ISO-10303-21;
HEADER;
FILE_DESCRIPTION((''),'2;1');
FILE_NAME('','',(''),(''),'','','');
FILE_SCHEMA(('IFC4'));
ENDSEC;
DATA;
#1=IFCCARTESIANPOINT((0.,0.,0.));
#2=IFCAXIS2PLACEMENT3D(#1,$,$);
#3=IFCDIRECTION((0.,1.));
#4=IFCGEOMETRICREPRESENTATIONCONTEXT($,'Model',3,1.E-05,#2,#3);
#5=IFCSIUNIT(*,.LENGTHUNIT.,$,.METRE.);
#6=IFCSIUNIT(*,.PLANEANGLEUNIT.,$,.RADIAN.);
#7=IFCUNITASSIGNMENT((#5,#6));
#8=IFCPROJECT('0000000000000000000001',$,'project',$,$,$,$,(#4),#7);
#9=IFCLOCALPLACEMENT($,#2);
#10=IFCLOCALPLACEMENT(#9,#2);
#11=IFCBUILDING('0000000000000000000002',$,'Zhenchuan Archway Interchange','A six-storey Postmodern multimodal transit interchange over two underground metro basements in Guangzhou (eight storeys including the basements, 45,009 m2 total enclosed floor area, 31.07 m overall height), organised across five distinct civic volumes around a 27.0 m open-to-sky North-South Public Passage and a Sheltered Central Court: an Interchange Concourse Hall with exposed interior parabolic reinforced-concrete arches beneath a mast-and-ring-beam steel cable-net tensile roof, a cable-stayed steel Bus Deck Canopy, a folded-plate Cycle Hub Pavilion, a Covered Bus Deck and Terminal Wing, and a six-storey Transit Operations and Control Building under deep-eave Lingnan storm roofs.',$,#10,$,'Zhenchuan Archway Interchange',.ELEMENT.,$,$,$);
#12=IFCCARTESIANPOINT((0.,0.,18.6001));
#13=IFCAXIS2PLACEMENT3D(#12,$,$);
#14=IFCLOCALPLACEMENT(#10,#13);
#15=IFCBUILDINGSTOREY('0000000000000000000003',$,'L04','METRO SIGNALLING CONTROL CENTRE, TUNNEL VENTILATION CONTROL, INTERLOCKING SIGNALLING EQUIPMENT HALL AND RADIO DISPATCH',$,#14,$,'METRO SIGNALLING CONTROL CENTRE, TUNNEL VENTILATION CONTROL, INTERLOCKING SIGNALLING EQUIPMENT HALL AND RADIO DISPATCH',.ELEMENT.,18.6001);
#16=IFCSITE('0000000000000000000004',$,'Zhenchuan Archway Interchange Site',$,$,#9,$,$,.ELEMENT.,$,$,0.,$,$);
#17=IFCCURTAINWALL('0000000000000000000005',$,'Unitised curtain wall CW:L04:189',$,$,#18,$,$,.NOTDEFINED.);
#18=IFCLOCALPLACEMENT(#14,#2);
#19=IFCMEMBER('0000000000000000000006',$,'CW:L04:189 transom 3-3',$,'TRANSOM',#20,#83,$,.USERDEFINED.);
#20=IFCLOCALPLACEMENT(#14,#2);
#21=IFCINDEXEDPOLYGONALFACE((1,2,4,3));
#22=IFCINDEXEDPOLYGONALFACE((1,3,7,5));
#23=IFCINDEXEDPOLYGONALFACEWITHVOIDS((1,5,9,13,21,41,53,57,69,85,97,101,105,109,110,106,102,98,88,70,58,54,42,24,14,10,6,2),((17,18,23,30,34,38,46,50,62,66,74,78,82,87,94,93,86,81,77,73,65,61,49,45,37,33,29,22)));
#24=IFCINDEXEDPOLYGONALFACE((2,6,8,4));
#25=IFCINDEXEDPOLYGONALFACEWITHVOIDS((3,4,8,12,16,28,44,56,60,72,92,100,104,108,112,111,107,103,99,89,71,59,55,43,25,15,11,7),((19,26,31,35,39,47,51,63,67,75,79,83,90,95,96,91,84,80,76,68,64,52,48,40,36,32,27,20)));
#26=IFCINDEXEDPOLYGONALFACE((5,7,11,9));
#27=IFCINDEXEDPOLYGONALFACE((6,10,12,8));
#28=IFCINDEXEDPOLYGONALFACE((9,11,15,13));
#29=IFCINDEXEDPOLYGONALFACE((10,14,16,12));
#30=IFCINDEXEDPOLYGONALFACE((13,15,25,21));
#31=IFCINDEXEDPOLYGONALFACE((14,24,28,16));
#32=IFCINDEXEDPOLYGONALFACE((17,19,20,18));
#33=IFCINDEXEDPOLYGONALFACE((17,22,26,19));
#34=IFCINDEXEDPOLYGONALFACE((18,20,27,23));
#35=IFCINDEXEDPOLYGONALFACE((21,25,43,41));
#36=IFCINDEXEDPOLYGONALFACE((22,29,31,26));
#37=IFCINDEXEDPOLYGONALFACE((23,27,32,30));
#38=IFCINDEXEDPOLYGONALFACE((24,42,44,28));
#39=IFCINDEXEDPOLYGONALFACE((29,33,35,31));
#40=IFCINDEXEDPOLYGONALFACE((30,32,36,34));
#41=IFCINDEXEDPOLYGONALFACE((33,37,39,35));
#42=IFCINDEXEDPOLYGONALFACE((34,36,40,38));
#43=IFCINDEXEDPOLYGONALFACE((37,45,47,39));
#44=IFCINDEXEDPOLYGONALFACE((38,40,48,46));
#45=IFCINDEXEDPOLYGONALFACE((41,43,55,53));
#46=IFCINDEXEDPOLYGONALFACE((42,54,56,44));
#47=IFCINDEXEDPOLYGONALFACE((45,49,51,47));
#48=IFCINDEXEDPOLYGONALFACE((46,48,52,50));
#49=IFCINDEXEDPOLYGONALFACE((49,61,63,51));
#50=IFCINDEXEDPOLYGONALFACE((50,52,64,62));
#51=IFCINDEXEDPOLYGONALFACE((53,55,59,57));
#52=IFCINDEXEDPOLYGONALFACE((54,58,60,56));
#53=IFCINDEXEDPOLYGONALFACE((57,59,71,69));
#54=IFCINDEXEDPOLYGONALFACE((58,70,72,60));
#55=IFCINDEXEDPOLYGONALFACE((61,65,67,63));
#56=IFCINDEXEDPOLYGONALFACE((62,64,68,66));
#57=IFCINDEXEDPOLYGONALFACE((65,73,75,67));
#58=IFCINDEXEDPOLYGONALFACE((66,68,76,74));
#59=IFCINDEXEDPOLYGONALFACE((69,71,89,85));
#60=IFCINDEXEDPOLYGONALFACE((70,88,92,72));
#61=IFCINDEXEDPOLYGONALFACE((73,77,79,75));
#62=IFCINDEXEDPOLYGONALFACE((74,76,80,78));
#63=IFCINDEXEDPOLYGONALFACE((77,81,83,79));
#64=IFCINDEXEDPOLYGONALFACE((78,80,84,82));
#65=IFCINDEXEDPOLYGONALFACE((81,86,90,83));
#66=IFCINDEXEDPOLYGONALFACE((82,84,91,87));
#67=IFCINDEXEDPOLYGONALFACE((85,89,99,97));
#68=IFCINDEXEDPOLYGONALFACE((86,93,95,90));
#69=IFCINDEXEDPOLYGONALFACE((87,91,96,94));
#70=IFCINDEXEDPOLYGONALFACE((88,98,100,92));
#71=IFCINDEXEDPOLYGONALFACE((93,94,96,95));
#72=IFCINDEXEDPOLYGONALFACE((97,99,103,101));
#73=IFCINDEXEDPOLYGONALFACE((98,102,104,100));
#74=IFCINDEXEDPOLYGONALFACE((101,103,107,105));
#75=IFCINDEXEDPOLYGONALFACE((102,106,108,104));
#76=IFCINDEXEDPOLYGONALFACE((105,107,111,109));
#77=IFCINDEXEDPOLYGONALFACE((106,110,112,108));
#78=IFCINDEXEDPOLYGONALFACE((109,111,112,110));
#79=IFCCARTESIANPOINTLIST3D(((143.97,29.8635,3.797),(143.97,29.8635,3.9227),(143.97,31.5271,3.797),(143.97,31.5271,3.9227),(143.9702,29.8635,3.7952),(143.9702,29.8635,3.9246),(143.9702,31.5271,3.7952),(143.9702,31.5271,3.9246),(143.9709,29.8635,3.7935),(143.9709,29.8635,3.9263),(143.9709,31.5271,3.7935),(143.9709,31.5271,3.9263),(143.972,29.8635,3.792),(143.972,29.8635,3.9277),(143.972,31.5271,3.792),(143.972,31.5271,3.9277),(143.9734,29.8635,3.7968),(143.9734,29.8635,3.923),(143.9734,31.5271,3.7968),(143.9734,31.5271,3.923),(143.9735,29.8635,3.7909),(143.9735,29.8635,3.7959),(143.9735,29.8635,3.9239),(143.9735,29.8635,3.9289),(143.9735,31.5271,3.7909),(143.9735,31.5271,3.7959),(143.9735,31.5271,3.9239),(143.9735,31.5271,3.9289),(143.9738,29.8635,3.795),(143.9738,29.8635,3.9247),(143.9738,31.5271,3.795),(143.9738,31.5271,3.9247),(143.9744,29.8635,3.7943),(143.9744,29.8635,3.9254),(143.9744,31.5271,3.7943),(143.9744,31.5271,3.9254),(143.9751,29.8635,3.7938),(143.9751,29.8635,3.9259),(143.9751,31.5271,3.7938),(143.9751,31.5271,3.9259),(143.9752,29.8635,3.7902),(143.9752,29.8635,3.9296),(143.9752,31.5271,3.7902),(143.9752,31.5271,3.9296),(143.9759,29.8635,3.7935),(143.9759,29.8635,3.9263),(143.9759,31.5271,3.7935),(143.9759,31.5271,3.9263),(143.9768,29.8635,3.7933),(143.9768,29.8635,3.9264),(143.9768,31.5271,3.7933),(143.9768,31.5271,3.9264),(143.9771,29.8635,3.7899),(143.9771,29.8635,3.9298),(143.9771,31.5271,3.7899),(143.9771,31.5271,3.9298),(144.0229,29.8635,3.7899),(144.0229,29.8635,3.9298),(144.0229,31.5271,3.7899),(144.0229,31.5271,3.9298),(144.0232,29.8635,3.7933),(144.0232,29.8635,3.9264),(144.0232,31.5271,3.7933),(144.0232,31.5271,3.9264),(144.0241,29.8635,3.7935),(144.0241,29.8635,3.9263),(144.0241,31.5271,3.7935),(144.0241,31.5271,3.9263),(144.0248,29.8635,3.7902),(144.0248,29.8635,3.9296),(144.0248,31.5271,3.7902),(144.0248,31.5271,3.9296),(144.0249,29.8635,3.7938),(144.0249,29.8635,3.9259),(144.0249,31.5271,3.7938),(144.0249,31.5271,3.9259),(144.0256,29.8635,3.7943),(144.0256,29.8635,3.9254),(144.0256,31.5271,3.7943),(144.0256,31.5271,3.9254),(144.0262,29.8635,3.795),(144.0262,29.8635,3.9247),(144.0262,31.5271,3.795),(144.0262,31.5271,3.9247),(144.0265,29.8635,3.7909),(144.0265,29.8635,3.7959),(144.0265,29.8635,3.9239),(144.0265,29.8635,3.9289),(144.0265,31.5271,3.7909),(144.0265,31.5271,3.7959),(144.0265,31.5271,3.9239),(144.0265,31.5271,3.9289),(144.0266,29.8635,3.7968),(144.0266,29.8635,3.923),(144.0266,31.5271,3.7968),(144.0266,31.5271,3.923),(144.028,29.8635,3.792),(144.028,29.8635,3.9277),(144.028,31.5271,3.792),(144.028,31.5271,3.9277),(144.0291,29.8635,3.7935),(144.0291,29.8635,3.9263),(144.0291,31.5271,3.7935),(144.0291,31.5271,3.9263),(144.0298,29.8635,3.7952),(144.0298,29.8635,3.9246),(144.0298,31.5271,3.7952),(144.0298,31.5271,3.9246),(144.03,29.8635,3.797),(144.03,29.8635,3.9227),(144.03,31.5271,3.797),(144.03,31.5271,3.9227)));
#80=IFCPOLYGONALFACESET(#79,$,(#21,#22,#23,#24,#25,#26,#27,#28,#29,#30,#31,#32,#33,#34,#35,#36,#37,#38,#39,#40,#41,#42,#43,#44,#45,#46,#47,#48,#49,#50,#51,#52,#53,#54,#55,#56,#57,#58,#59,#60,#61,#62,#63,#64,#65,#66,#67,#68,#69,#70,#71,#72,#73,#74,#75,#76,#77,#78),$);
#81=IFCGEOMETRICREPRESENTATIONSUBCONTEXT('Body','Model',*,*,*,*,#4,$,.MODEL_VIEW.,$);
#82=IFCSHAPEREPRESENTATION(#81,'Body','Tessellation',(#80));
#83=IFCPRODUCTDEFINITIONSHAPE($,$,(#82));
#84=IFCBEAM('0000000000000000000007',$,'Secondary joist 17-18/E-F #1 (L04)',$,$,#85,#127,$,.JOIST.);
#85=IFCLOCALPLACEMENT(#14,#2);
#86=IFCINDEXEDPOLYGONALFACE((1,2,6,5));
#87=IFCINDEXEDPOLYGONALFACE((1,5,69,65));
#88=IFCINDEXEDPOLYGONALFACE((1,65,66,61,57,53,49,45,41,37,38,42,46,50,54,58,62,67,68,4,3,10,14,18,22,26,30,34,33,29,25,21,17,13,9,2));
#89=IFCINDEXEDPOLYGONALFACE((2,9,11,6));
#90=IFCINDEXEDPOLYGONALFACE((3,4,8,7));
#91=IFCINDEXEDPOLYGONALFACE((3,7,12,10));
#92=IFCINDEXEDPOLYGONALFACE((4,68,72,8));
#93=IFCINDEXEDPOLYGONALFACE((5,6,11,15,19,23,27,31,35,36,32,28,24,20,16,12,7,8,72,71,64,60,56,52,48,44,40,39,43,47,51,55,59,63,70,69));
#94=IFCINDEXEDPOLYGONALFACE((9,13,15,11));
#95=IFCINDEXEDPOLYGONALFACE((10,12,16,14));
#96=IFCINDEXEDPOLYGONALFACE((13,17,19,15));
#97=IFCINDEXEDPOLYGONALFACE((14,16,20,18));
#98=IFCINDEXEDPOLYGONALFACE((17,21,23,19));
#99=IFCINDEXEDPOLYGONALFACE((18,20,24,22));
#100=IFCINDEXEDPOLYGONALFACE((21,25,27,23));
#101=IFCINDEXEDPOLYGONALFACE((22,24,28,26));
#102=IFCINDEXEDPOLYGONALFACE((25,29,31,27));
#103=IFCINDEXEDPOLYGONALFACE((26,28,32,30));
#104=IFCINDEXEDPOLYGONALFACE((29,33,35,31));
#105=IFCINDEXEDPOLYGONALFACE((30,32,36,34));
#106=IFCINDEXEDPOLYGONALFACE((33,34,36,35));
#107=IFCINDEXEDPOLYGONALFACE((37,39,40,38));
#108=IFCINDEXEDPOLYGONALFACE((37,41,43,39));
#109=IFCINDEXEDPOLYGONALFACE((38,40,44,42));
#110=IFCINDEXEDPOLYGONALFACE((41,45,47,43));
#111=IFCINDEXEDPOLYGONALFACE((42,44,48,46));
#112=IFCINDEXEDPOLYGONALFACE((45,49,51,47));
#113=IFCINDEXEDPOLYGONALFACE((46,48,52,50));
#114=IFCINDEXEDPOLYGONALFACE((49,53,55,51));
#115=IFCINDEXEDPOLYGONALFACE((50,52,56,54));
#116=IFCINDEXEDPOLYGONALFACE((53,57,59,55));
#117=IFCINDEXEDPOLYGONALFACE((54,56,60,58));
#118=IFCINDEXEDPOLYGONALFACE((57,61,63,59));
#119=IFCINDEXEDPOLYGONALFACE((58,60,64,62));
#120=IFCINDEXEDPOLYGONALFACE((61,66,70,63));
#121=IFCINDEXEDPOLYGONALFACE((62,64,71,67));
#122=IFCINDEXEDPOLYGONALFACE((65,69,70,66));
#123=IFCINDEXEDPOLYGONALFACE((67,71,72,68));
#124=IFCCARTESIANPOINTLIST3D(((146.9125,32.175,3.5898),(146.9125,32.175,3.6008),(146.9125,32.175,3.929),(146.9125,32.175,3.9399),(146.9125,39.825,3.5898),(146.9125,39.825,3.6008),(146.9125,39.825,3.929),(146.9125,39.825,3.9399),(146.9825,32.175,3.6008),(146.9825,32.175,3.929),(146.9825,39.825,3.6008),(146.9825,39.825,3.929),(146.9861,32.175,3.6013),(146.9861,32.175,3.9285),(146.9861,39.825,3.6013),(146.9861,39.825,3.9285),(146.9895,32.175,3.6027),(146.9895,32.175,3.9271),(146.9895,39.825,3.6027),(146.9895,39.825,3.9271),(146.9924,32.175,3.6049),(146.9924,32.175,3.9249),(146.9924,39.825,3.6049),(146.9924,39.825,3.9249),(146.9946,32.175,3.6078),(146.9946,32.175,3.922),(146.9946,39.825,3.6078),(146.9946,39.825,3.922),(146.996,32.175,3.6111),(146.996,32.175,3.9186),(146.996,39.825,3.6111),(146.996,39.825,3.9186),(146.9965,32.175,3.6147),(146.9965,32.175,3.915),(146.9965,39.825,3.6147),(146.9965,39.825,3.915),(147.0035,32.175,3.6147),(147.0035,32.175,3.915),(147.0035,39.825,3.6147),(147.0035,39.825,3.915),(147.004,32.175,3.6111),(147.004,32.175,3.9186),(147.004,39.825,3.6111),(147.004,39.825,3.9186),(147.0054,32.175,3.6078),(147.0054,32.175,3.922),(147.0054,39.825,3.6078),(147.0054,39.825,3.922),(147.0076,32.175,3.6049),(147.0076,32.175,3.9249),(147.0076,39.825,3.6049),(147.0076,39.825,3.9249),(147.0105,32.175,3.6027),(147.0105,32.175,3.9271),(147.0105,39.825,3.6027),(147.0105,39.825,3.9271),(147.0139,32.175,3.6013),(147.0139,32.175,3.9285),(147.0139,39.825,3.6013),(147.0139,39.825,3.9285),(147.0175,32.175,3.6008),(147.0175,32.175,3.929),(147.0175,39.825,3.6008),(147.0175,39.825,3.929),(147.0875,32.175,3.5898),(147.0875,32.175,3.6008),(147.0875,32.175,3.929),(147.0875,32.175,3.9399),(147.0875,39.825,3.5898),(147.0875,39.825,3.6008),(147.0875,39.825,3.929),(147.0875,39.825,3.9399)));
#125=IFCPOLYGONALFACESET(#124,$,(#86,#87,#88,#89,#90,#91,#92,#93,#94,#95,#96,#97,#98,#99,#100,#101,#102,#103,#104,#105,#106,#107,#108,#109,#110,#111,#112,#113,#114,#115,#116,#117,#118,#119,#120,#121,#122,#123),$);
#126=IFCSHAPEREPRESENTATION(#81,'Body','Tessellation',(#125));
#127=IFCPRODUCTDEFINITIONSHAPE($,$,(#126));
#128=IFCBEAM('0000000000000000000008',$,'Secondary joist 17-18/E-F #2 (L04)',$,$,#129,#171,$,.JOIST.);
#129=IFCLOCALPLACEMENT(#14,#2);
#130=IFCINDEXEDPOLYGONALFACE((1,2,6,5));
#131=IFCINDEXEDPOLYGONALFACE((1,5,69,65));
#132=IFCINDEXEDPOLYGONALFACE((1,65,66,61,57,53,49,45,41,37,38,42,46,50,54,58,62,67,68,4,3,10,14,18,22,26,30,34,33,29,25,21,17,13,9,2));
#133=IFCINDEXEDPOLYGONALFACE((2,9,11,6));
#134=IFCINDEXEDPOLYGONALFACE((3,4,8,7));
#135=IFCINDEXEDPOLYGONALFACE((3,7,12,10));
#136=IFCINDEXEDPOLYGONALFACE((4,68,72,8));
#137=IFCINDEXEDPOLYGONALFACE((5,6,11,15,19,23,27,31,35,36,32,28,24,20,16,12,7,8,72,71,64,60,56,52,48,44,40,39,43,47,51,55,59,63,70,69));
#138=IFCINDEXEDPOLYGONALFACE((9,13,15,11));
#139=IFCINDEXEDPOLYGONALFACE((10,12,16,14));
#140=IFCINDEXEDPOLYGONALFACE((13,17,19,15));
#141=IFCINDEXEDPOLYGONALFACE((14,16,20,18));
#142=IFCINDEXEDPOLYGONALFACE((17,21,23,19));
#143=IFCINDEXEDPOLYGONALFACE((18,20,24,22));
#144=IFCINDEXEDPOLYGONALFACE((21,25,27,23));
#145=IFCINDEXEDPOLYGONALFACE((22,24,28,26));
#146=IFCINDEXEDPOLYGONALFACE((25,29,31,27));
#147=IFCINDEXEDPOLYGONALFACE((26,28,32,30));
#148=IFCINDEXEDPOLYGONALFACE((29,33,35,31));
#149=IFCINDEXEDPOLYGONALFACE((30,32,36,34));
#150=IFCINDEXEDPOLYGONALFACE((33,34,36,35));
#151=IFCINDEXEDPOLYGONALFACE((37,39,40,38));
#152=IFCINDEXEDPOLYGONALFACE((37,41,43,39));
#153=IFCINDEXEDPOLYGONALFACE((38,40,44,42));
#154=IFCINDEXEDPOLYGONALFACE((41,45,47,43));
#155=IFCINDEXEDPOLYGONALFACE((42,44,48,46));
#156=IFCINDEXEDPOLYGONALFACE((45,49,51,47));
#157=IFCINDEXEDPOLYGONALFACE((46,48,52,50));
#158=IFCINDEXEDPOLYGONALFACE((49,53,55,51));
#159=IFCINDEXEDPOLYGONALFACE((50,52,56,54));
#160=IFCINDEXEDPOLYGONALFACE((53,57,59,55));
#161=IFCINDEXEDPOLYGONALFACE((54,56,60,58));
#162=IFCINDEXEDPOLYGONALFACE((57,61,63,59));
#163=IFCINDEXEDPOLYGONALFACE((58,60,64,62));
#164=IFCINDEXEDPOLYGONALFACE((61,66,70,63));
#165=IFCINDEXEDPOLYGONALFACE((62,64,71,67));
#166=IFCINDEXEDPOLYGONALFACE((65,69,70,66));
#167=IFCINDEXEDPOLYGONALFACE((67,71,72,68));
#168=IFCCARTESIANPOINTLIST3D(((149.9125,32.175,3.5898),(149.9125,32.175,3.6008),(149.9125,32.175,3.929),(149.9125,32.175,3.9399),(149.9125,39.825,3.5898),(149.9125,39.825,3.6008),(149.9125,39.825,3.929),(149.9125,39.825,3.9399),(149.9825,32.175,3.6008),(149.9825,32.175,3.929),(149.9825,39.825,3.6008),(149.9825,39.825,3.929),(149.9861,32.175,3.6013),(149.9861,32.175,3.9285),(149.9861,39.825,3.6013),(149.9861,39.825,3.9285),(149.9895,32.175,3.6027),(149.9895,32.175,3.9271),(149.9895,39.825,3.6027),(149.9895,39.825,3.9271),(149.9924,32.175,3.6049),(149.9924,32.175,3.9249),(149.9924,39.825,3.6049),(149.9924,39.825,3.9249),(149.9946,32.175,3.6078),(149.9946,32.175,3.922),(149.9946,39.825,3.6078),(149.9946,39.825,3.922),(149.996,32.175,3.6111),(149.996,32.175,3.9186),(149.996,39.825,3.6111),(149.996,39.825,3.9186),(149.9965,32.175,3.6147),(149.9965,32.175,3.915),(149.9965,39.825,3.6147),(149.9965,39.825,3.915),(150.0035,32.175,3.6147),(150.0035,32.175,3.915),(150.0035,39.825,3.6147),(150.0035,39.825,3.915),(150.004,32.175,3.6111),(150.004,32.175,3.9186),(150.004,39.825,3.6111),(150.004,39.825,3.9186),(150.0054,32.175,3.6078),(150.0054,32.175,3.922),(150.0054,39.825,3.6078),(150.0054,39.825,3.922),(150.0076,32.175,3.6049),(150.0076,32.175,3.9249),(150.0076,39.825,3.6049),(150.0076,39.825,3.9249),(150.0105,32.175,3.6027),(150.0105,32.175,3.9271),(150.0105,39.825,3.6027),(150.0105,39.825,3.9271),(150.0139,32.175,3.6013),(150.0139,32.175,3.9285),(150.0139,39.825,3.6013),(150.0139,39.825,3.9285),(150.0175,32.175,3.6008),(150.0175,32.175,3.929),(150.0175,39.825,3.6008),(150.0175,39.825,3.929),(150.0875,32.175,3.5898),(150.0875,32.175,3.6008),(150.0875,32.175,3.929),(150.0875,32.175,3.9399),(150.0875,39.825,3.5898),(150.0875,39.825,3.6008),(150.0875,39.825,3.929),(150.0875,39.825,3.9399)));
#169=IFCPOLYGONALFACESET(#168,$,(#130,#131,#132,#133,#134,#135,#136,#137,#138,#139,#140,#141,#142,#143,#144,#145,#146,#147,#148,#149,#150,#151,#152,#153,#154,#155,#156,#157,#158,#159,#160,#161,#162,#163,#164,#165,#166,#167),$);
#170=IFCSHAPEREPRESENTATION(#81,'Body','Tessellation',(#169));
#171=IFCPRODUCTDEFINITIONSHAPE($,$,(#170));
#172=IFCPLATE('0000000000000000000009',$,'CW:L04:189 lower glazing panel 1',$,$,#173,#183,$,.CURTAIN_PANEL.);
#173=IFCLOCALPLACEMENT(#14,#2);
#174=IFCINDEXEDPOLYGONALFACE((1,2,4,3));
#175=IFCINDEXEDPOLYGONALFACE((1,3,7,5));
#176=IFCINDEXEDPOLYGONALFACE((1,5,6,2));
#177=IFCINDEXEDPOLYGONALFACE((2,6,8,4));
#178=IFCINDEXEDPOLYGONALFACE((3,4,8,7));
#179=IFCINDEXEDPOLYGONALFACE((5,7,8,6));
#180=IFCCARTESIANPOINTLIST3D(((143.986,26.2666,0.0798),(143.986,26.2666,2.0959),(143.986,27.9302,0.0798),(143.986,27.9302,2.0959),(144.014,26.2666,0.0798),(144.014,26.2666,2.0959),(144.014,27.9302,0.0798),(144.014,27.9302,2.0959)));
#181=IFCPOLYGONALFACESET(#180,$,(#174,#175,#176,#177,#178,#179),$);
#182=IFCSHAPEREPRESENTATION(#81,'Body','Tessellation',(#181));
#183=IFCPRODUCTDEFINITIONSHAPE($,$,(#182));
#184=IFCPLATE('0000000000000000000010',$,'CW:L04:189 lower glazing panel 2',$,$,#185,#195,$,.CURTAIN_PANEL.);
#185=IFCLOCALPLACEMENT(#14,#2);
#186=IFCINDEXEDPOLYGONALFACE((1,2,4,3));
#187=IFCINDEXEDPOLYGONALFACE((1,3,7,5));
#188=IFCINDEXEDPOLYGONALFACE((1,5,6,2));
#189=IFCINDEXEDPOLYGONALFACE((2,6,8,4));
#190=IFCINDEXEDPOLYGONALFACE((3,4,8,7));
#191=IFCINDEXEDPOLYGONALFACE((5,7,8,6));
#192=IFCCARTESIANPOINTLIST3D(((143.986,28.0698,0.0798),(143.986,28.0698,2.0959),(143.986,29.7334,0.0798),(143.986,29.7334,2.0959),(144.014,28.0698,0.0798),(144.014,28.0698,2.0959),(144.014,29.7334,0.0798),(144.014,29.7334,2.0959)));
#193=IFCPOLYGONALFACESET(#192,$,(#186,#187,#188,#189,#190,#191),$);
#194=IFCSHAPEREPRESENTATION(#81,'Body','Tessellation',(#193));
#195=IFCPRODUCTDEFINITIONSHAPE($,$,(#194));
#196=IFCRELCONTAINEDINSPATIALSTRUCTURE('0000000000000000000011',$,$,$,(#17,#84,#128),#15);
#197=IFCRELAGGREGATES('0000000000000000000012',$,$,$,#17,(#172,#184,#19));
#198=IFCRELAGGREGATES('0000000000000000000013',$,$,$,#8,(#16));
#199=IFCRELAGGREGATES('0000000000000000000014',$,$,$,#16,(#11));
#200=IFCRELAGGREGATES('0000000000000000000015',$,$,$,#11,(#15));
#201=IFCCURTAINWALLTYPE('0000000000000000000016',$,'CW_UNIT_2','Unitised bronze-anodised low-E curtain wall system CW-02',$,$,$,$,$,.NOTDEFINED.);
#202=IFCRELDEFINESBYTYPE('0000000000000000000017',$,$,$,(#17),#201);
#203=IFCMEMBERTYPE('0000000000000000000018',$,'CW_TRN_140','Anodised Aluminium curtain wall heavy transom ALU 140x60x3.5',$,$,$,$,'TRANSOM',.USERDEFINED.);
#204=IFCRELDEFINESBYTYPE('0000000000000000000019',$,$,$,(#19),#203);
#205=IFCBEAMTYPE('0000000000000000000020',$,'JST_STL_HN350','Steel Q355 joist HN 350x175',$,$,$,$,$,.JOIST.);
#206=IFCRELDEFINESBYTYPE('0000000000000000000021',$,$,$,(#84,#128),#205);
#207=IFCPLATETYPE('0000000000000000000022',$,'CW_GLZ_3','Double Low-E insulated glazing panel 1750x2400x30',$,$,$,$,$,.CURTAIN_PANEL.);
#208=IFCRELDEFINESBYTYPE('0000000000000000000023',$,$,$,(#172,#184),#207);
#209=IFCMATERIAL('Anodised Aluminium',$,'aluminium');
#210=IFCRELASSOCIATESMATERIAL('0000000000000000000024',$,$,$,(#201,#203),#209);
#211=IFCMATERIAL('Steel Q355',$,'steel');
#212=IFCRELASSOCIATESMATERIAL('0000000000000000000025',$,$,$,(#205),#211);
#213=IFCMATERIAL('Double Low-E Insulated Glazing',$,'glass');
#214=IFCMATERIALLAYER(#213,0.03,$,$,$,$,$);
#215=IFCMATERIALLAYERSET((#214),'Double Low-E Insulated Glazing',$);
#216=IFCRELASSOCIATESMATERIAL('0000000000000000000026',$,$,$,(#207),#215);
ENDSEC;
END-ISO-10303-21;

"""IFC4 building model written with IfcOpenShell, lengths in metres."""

from ifc_helpers import new_model, si_unit, direction, frame, origin, origin_2d, place, context, subcontext, project, spatial, rectangle, hollow_rectangle, i_section, extrude, material, layer, layer_set, material_profile, profile_set, type_object, element, aggregate, save


model = new_model("IFC4")

# Units and contexts
model_context = context("Model", 3, precision=1e-05, world=origin(), true_north=direction((0.0, 1.0)))
body_context = subcontext(model_context, "Body", "Model", "MODEL_VIEW")
ifc_project = project(units=[si_unit("LENGTHUNIT", "METRE"), si_unit("PLANEANGLEUNIT", "RADIAN")], contexts=[model_context])

# Site, building, storey
site_placement = place(None, origin())
site = spatial("IfcSite", under=ifc_project, at=site_placement, Name="Zhenchuan Archway Interchange Site", CompositionType="ELEMENT", RefElevation=0.0)
building_placement = place(site_placement, origin())
building = spatial("IfcBuilding", under=site, at=building_placement, Name="Zhenchuan Archway Interchange", Description="A six-storey Postmodern multimodal transit interchange over two underground metro basements in Guangzhou (eight storeys including the basements, 45,009 m2 total enclosed floor area, 31.07 m overall height), organised across five distinct civic volumes around a 27.0 m open-to-sky North-South Public Passage and a Sheltered Central Court: an Interchange Concourse Hall with exposed interior parabolic reinforced-concrete arches beneath a mast-and-ring-beam steel cable-net tensile roof, a cable-stayed steel Bus Deck Canopy, a folded-plate Cycle Hub Pavilion, a Covered Bus Deck and Terminal Wing, and a six-storey Transit Operations and Control Building under deep-eave Lingnan storm roofs.", LongName="Zhenchuan Archway Interchange", CompositionType="ELEMENT")
storey_placement = place(building_placement, frame((0.0, 0.0, 18.6001)))
storey = spatial("IfcBuildingStorey", under=building, at=storey_placement, Name="L04", Description="METRO SIGNALLING CONTROL CENTRE, TUNNEL VENTILATION CONTROL, INTERLOCKING SIGNALLING EQUIPMENT HALL AND RADIO DISPATCH", LongName="METRO SIGNALLING CONTROL CENTRE, TUNNEL VENTILATION CONTROL, INTERLOCKING SIGNALLING EQUIPMENT HALL AND RADIO DISPATCH", CompositionType="ELEMENT", Elevation=18.6001)

# Curtain wall, member
ifc_material_1 = material(Name="Anodised Aluminium", Category="aluminium")
curtain_wall_type = type_object("IfcCurtainWallType", Name="CW_UNIT_2", Description="Unitised bronze-anodised low-E curtain wall system CW-02", PredefinedType="NOTDEFINED", material=ifc_material_1)
curtain_wall_placement = place(storey_placement, origin())
curtain_wall = element("IfcCurtainWall", 1, at=curtain_wall_placement, inside=storey, type_object=curtain_wall_type, Name="Unitised curtain wall CW:L04:189", PredefinedType="NOTDEFINED")
ifc_material_profile_1 = material_profile(ifc_material_1, hollow_rectangle(XDim=0.0601, YDim=0.1399, WallThickness=0.0034, InnerFilletRadius=0.0034, OuterFilletRadius=0.0071, at=origin_2d()), Name="ALU 140x60x3.5")
ifc_profile_set_1 = profile_set([ifc_material_profile_1], Name="Anodised Aluminium")
member_type_1 = type_object("IfcMemberType", Name="CW_TRN_140", Description="Anodised Aluminium curtain wall heavy transom ALU 140x60x3.5", ElementType="TRANSOM", PredefinedType="USERDEFINED", material=ifc_profile_set_1)
member_1_placement = place(storey_placement, frame((144.0, 29.8635, 3.8599), z_axis=(0.0, 1.0, 0.0), x_axis=(-1.0, 0.0, 0.0)))
member_1 = element("IfcMember", 2, at=member_1_placement, type_object=member_type_1, Name="CW:L04:189 transom 3-3", ObjectType="TRANSOM", PredefinedType="USERDEFINED", context=body_context, shape_type="SweptSolid", body=[
    extrude(hollow_rectangle(XDim=0.0601, YDim=0.1399, WallThickness=0.0034, InnerFilletRadius=0.0034, OuterFilletRadius=0.0071, at=origin_2d()), origin(), (0.0, 0.0, 1.0), 1.6636),
])

# Beams
ifc_material_2 = material(Name="Steel Q355", Category="steel")
ifc_material_profile_2 = material_profile(ifc_material_2, i_section(OverallWidth=0.175, OverallDepth=0.3501, WebThickness=0.0071, FlangeThickness=0.011, FilletRadius=0.0139, at=origin_2d()), Name="HN 350x175")
ifc_profile_set_2 = profile_set([ifc_material_profile_2], Name="Steel Q355")
beam_type_1 = type_object("IfcBeamType", Name="JST_STL_HN350", Description="Steel Q355 joist HN 350x175", PredefinedType="JOIST", material=ifc_profile_set_2)
for number, where, z_axis, x_axis, name in (
    (3, (147.0, 32.175, 3.7649), (0.0, 1.0, 0.0), (-1.0, 0.0, 0.0), "Secondary joist 17-18/E-F #1 (L04)"),
    (4, (150.0, 32.175, 3.7649), (0.0, 1.0, 0.0), (-1.0, 0.0, 0.0), "Secondary joist 17-18/E-F #2 (L04)"),
):
    element("IfcBeam", number, at=place(storey_placement, frame(where, z_axis=z_axis, x_axis=x_axis)), inside=storey, type_object=beam_type_1, Name=name, PredefinedType="JOIST", context=body_context, shape_type="SweptSolid", body=[
        extrude(i_section(OverallWidth=0.175, OverallDepth=0.3501, WebThickness=0.0071, FlangeThickness=0.011, FilletRadius=0.0139, at=origin_2d()), origin(), (0.0, 0.0, 1.0), 7.6499),
    ])

# Plates
ifc_material_3 = material(Name="Double Low-E Insulated Glazing", Category="glass")
ifc_layer_1 = layer(ifc_material_3, 0.03)
ifc_layer_set_1 = layer_set([ifc_layer_1], Name="Double Low-E Insulated Glazing")
plate_type_1 = type_object("IfcPlateType", Name="CW_GLZ_3", Description="Double Low-E insulated glazing panel 1750x2400x30", PredefinedType="CURTAIN_PANEL", material=ifc_layer_set_1)
plate_1_placement = place(storey_placement, frame((144.0, 27.0984, 0.0798), z_axis=(0.0, 0.0, 1.0), x_axis=(0.0, 1.0, 0.0)))
plate_1 = element("IfcPlate", 5, at=plate_1_placement, type_object=plate_type_1, Name="CW:L04:189 lower glazing panel 1", PredefinedType="CURTAIN_PANEL", context=body_context, shape_type="SweptSolid", body=[
    extrude(rectangle(XDim=1.6636, YDim=0.0281, at=origin_2d()), origin(), (0.0, 0.0, 1.0), 2.0161),
])
plate_2_placement = place(storey_placement, frame((144.0, 28.9016, 0.0798), z_axis=(0.0, 0.0, 1.0), x_axis=(0.0, 1.0, 0.0)))
plate_2 = element("IfcPlate", 6, at=plate_2_placement, type_object=plate_type_1, Name="CW:L04:189 lower glazing panel 2", PredefinedType="CURTAIN_PANEL", context=body_context, shape_type="SweptSolid", body=[
    extrude(rectangle(XDim=1.6636, YDim=0.0281, at=origin_2d()), origin(), (0.0, 0.0, 1.0), 2.0161),
])
aggregate(curtain_wall, [plate_1, plate_2, member_1])

save(model, "model.ifc")
